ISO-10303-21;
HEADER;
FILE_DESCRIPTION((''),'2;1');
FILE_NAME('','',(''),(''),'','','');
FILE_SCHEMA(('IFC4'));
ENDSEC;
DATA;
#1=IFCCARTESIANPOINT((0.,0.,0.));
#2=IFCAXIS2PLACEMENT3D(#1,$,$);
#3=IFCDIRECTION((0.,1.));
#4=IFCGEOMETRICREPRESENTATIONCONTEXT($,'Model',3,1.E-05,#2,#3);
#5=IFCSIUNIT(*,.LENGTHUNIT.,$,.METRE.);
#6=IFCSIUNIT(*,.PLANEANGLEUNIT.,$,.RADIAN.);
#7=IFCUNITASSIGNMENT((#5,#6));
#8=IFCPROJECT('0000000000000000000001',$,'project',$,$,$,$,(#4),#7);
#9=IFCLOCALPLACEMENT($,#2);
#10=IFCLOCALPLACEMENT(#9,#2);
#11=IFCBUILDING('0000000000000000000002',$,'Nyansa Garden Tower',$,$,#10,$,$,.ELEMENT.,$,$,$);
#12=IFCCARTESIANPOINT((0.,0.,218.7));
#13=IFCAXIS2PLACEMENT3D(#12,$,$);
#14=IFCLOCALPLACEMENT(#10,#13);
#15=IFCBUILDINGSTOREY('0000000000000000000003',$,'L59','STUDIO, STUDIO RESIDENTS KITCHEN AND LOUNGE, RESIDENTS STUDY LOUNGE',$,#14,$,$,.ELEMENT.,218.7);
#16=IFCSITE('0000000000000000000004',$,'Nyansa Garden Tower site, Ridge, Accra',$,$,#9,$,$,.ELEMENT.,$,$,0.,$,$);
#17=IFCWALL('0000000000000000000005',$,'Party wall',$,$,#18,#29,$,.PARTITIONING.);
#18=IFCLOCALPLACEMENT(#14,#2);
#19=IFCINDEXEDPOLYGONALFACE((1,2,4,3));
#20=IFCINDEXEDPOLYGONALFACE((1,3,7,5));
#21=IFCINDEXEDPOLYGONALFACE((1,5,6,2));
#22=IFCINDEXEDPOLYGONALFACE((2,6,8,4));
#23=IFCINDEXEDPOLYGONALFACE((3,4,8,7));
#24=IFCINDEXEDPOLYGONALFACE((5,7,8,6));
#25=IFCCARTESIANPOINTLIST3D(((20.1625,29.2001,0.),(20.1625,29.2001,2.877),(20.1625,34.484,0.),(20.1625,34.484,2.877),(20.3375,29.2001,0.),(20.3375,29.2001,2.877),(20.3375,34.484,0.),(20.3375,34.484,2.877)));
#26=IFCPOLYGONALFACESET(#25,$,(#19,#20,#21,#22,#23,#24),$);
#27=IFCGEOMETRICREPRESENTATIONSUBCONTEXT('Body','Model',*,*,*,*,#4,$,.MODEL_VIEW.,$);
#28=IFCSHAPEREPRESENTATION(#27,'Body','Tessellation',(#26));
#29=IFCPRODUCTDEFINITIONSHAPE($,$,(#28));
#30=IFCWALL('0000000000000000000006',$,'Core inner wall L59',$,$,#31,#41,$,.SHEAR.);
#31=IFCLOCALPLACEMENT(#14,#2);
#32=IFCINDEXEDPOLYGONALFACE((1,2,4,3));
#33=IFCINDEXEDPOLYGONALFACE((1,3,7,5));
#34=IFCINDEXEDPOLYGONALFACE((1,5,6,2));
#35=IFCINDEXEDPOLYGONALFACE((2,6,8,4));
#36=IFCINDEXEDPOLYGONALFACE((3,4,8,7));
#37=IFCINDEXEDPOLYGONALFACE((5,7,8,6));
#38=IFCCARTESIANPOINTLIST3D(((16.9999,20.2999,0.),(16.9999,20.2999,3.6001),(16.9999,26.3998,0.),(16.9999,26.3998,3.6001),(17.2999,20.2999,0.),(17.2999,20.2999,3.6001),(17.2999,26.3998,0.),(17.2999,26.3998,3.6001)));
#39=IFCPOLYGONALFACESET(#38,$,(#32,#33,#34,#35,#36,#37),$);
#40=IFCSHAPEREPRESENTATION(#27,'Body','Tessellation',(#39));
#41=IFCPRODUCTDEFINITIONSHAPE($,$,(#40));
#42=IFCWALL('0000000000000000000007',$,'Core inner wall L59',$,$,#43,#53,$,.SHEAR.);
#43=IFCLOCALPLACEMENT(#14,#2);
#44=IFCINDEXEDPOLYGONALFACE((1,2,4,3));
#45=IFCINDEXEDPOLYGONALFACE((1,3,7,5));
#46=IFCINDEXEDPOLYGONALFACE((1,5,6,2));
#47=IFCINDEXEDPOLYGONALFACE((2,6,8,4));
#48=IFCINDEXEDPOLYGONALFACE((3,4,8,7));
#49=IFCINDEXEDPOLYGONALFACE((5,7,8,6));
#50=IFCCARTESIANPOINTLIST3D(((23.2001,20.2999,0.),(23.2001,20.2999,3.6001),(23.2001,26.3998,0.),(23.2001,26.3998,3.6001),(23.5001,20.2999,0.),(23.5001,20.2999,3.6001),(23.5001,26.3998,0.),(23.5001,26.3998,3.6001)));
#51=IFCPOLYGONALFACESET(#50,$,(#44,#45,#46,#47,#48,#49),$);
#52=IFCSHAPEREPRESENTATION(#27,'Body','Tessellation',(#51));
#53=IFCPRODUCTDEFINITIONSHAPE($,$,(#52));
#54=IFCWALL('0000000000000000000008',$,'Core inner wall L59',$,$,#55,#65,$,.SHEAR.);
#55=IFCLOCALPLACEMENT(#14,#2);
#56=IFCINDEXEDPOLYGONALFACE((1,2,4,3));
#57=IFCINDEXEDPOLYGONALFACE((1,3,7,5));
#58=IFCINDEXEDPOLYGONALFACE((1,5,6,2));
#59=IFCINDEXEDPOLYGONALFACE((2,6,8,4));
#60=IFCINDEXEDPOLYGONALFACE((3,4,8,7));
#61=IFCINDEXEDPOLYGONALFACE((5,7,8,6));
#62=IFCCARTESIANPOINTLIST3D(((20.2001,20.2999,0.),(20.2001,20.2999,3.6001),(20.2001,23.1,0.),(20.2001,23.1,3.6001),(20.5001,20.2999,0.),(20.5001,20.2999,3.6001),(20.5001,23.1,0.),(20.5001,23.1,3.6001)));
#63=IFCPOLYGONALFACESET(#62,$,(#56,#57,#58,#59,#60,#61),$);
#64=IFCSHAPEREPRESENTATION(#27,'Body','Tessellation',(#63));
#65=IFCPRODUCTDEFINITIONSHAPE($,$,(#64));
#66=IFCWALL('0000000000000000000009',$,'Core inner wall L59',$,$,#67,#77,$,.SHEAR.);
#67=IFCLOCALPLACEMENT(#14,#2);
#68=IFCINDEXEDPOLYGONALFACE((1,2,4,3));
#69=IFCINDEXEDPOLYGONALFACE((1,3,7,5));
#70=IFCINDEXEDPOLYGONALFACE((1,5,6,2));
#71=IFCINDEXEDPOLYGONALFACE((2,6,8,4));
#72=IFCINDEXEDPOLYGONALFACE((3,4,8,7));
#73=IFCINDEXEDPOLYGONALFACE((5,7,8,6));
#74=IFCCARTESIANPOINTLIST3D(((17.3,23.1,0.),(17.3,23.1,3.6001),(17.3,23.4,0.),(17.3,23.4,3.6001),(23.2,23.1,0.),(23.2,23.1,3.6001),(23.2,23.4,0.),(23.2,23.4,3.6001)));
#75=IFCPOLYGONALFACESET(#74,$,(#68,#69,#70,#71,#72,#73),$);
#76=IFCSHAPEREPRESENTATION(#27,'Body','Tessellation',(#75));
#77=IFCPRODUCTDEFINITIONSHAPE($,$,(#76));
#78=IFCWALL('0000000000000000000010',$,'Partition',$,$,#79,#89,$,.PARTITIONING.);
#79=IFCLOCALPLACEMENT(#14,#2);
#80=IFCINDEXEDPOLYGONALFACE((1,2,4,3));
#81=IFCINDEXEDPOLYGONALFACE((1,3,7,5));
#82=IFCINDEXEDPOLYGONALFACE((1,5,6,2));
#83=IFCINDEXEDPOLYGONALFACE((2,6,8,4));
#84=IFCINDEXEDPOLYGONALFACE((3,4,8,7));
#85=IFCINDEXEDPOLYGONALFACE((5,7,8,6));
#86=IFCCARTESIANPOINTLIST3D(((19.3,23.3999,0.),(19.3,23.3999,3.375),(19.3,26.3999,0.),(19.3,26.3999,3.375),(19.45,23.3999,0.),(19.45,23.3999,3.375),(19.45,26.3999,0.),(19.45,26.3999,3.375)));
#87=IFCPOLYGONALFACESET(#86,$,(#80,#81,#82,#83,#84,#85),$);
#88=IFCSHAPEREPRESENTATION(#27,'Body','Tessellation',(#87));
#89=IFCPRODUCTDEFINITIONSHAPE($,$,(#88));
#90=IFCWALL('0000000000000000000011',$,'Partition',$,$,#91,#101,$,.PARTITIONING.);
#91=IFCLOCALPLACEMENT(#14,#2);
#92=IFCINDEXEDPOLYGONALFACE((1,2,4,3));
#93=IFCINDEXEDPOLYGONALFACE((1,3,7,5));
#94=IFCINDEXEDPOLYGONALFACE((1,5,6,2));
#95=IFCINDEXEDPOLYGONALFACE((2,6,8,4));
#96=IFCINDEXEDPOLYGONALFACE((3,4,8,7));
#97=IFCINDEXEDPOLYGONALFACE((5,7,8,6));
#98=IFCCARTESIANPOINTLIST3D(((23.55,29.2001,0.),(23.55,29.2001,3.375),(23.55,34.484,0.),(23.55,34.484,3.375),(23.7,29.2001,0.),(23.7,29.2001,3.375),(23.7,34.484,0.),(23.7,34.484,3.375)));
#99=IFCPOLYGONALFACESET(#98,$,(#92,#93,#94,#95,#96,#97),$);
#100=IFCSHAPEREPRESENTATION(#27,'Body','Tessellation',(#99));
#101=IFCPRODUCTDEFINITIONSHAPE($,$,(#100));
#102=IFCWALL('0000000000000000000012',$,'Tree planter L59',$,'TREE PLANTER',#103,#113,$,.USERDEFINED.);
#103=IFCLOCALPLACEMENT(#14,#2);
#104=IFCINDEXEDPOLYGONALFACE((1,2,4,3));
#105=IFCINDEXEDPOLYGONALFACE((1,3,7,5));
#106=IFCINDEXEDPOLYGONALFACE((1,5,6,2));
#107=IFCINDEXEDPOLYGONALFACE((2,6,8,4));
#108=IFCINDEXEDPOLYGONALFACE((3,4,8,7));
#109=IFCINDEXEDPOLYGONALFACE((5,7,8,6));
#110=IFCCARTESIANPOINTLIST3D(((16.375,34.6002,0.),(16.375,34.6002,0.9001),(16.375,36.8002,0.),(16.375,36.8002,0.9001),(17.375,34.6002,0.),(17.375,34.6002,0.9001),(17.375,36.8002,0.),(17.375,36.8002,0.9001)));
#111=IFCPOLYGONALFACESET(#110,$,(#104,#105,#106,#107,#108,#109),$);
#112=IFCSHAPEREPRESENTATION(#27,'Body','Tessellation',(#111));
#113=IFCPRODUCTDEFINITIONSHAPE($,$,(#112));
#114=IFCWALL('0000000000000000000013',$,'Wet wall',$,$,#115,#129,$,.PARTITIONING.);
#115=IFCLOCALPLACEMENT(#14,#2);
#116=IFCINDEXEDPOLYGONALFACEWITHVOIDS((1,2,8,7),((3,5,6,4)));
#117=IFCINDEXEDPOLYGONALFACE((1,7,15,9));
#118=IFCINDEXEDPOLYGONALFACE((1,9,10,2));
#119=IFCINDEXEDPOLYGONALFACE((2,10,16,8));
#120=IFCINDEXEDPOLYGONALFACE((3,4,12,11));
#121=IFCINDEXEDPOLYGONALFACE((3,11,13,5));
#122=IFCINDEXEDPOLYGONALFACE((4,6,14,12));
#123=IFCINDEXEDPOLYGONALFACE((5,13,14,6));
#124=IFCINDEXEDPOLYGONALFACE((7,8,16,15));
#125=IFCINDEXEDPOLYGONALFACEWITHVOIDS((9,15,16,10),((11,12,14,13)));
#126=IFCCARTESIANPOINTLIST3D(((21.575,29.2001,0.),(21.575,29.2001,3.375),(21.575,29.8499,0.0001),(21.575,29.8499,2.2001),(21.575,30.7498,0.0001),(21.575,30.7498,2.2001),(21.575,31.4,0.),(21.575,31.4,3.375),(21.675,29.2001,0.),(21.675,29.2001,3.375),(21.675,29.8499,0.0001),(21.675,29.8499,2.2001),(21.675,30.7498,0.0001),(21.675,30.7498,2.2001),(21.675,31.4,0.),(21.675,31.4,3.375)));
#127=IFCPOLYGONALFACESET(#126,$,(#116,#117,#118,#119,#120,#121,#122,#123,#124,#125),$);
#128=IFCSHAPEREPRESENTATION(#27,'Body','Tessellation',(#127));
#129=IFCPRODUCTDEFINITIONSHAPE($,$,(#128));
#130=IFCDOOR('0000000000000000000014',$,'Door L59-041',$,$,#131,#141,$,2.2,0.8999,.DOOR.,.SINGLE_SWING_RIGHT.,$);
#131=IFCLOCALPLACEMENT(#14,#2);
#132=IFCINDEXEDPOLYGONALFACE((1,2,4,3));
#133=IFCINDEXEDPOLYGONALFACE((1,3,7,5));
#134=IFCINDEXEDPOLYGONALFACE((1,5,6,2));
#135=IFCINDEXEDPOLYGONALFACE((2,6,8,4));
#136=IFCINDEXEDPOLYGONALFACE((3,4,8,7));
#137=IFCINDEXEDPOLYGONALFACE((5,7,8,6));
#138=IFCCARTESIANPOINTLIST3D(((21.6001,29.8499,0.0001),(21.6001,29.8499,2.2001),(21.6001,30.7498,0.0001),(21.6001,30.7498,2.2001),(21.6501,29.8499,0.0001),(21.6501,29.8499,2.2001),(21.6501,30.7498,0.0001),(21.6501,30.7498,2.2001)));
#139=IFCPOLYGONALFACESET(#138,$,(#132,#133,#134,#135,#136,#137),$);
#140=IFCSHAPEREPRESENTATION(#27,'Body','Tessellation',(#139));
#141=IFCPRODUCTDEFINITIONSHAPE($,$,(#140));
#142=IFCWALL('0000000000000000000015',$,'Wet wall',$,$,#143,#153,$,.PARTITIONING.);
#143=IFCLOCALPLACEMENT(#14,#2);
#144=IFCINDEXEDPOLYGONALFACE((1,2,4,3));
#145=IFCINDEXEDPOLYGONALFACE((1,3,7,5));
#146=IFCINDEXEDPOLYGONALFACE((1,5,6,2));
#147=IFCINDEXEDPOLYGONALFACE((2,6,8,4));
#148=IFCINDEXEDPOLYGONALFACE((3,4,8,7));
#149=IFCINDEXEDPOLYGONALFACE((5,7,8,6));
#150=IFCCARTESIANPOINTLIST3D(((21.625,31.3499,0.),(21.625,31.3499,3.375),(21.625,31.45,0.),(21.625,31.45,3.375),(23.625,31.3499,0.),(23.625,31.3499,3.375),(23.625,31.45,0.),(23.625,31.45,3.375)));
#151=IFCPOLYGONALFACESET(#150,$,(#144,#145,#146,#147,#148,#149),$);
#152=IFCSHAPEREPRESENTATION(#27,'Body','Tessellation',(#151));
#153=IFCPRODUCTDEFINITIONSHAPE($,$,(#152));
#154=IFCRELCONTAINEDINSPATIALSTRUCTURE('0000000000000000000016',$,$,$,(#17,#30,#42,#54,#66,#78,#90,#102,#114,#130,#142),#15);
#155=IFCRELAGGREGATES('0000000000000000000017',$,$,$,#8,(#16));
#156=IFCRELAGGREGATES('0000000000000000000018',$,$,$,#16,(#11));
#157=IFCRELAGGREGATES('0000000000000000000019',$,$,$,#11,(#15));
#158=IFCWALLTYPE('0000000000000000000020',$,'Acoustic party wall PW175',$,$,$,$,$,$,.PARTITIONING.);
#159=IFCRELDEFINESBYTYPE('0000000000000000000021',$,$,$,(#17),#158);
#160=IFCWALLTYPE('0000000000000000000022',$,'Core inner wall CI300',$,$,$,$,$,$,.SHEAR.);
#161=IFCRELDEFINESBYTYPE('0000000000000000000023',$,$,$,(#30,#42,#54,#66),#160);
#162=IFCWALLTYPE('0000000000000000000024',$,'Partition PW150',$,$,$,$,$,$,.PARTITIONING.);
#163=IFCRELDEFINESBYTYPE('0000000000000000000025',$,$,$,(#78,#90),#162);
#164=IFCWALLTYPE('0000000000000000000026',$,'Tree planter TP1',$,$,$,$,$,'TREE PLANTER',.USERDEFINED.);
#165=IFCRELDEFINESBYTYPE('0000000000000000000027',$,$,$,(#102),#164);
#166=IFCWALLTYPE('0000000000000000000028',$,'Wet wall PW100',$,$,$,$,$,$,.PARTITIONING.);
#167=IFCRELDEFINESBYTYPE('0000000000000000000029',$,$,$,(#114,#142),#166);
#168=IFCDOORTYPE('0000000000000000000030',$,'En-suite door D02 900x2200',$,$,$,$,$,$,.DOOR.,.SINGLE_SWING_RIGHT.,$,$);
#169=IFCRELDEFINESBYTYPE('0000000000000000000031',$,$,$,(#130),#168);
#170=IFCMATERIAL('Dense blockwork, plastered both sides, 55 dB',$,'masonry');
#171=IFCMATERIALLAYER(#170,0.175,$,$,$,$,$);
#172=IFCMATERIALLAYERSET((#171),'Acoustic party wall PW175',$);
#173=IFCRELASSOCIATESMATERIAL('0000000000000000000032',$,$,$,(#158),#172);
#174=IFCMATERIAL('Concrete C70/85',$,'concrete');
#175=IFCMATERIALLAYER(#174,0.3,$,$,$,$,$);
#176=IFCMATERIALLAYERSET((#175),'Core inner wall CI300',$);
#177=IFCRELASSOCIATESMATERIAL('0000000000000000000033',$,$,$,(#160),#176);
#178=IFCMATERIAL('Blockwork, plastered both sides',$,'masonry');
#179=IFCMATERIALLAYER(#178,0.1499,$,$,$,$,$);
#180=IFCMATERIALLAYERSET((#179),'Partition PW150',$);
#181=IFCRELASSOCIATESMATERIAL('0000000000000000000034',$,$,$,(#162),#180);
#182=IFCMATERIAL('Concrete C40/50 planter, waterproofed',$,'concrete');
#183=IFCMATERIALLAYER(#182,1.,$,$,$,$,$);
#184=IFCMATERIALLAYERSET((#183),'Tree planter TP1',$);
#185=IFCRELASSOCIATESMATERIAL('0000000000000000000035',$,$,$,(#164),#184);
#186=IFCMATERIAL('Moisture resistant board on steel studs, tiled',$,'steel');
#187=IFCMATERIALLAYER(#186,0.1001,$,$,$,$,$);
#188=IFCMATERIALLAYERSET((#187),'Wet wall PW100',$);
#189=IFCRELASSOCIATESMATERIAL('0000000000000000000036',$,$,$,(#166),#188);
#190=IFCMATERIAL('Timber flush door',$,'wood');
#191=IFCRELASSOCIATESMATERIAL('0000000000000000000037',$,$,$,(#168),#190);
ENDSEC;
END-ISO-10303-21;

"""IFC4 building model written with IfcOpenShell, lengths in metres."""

from ifc_helpers import new_model, si_unit, direction, frame, frame_2d, origin, place, context, subcontext, project, spatial, rectangle, extrude, material, layer, layer_set, type_object, element, fill, save


model = new_model("IFC4")

# Units and contexts
model_context = context("Model", 3, precision=1e-05, world=origin(), true_north=direction((0.0, 1.0)))
body_context = subcontext(model_context, "Body", "Model", "MODEL_VIEW")
ifc_project = project(units=[si_unit("LENGTHUNIT", "METRE"), si_unit("PLANEANGLEUNIT", "RADIAN")], contexts=[model_context])

# Site, building, storey
site_placement = place(None, origin())
site = spatial("IfcSite", under=ifc_project, at=site_placement, Name="Nyansa Garden Tower site, Ridge, Accra", CompositionType="ELEMENT", RefElevation=0.0)
building_placement = place(site_placement, origin())
building = spatial("IfcBuilding", under=site, at=building_placement, Name="Nyansa Garden Tower", CompositionType="ELEMENT")
storey_placement = place(building_placement, frame((0.0, 0.0, 218.7)))
storey = spatial("IfcBuildingStorey", under=building, at=storey_placement, Name="L59", Description="STUDIO, STUDIO RESIDENTS KITCHEN AND LOUNGE, RESIDENTS STUDY LOUNGE", CompositionType="ELEMENT", Elevation=218.7)

# Walls
ifc_material_1 = material(Name="Dense blockwork, plastered both sides, 55 dB", Category="masonry")
ifc_layer_1 = layer(ifc_material_1, 0.175)
ifc_layer_set_1 = layer_set([ifc_layer_1], Name="Acoustic party wall PW175")
wall_type_1 = type_object("IfcWallType", Name="Acoustic party wall PW175", PredefinedType="PARTITIONING", material=ifc_layer_set_1)
wall_1_placement = place(storey_placement, frame((20.25, 29.2, 0.0), z_axis=(0.0, 0.0, 1.0), x_axis=(0.0, 1.0, 0.0)))
element("IfcWall", 1, at=wall_1_placement, inside=storey, type_object=wall_type_1, Name="Party wall", PredefinedType="PARTITIONING", context=body_context, shape_type="SweptSolid", body=[
    extrude(rectangle(XDim=5.2839, YDim=0.175, at=frame_2d((2.6421, 0.0))), origin(), (0.0, 0.0, 1.0), 2.877),
])
ifc_material_2 = material(Name="Concrete C70/85", Category="concrete")
ifc_layer_2 = layer(ifc_material_2, 0.3)
ifc_layer_set_2 = layer_set([ifc_layer_2], Name="Core inner wall CI300")
wall_type_2 = type_object("IfcWallType", Name="Core inner wall CI300", PredefinedType="SHEAR", material=ifc_layer_set_2)
for number, where, z_axis, x_axis, name in (
    (2, (17.1499, 20.3, 0.0), (0.0, 0.0, 1.0), (0.0, 1.0, 0.0), "Core inner wall L59"),
    (3, (23.3501, 20.3, 0.0), (0.0, 0.0, 1.0), (0.0, 1.0, 0.0), "Core inner wall L59"),
):
    element("IfcWall", number, at=place(storey_placement, frame(where, z_axis=z_axis, x_axis=x_axis)), inside=storey, type_object=wall_type_2, Name=name, PredefinedType="SHEAR", context=body_context, shape_type="SweptSolid", body=[
        extrude(rectangle(XDim=6.0999, YDim=0.3, at=frame_2d((3.0498, 0.0))), origin(), (0.0, 0.0, 1.0), 3.6001),
    ])
wall_2_placement = place(storey_placement, frame((20.3501, 20.3, 0.0), z_axis=(0.0, 0.0, 1.0), x_axis=(0.0, 1.0, 0.0)))
element("IfcWall", 4, at=wall_2_placement, inside=storey, type_object=wall_type_2, Name="Core inner wall L59", PredefinedType="SHEAR", context=body_context, shape_type="SweptSolid", body=[
    extrude(rectangle(XDim=2.8, YDim=0.3, at=frame_2d((1.3999, 0.0))), origin(), (0.0, 0.0, 1.0), 3.6001),
])
wall_3_placement = place(storey_placement, frame((17.3, 23.25, 0.0), z_axis=(0.0, 0.0, 1.0), x_axis=(1.0, 0.0, 0.0)))
element("IfcWall", 5, at=wall_3_placement, inside=storey, type_object=wall_type_2, Name="Core inner wall L59", PredefinedType="SHEAR", context=body_context, shape_type="SweptSolid", body=[
    extrude(rectangle(XDim=5.8999, YDim=0.3, at=frame_2d((2.95, 0.0))), origin(), (0.0, 0.0, 1.0), 3.6001),
])
ifc_material_3 = material(Name="Blockwork, plastered both sides", Category="masonry")
ifc_layer_3 = layer(ifc_material_3, 0.1499)
ifc_layer_set_3 = layer_set([ifc_layer_3], Name="Partition PW150")
wall_type_3 = type_object("IfcWallType", Name="Partition PW150", PredefinedType="PARTITIONING", material=ifc_layer_set_3)
wall_4_placement = place(storey_placement, frame((19.375, 23.3999, 0.0), z_axis=(0.0, 0.0, 1.0), x_axis=(0.0, 1.0, 0.0)))
element("IfcWall", 6, at=wall_4_placement, inside=storey, type_object=wall_type_3, Name="Partition", PredefinedType="PARTITIONING", context=body_context, shape_type="SweptSolid", body=[
    extrude(rectangle(XDim=3.0, YDim=0.1499, at=frame_2d((1.5, 0.0))), origin(), (0.0, 0.0, 1.0), 3.375),
])
wall_5_placement = place(storey_placement, frame((23.625, 29.2, 0.0), z_axis=(0.0, 0.0, 1.0), x_axis=(0.0, 1.0, 0.0)))
element("IfcWall", 7, at=wall_5_placement, inside=storey, type_object=wall_type_3, Name="Partition", PredefinedType="PARTITIONING", context=body_context, shape_type="SweptSolid", body=[
    extrude(rectangle(XDim=5.2839, YDim=0.1499, at=frame_2d((2.6421, 0.0))), origin(), (0.0, 0.0, 1.0), 3.375),
])
ifc_material_4 = material(Name="Concrete C40/50 planter, waterproofed", Category="concrete")
ifc_layer_4 = layer(ifc_material_4, 1.0)
ifc_layer_set_4 = layer_set([ifc_layer_4], Name="Tree planter TP1")
wall_type_4 = type_object("IfcWallType", Name="Tree planter TP1", ElementType="TREE PLANTER", PredefinedType="USERDEFINED", material=ifc_layer_set_4)
wall_6_placement = place(storey_placement, frame((16.875, 34.6001, 0.0), z_axis=(0.0, 0.0, 1.0), x_axis=(0.0, 1.0, 0.0)))
element("IfcWall", 8, at=wall_6_placement, inside=storey, type_object=wall_type_4, Name="Tree planter L59", ObjectType="TREE PLANTER", PredefinedType="USERDEFINED", context=body_context, shape_type="SweptSolid", body=[
    extrude(rectangle(XDim=2.2, YDim=1.0, at=frame_2d((1.1001, 0.0))), origin(), (0.0, 0.0, 1.0), 0.9001),
])

# Wall, opening, door
ifc_material_5 = material(Name="Moisture resistant board on steel studs, tiled", Category="steel")
ifc_layer_5 = layer(ifc_material_5, 0.1001)
ifc_layer_set_5 = layer_set([ifc_layer_5], Name="Wet wall PW100")
wall_type_5 = type_object("IfcWallType", Name="Wet wall PW100", PredefinedType="PARTITIONING", material=ifc_layer_set_5)
wall_7_placement = place(storey_placement, frame((21.625, 29.2, 0.0), z_axis=(0.0, 0.0, 1.0), x_axis=(0.0, 1.0, 0.0)))
wall_7 = element("IfcWall", 9, at=wall_7_placement, inside=storey, type_object=wall_type_5, Name="Wet wall", PredefinedType="PARTITIONING", context=body_context, shape_type="SweptSolid", body=[
    extrude(rectangle(XDim=2.2, YDim=0.1001, at=frame_2d((1.1001, 0.0))), origin(), (0.0, 0.0, 1.0), 3.375),
])
opening_placement = place(wall_7_placement, frame((0.6499, 0.0, 0.0)))
opening = element("IfcOpeningElement", 10, at=opening_placement, cuts=wall_7, PredefinedType="OPENING", context=body_context, shape_type="SweptSolid", body=[
    extrude(rectangle(XDim=0.8999, YDim=2.2, at=frame_2d((0.45, 1.1001))), frame((0.0, 0.0601, 0.0), z_axis=(0.0, -1.0, 0.0), x_axis=(1.0, 0.0, 0.0)), (0.0, 0.0, 1.0), 0.1201),
])
ifc_material_6 = material(Name="Timber flush door", Category="wood")
door_type = type_object("IfcDoorType", Name="En-suite door D02 900x2200", OperationType="SINGLE_SWING_RIGHT", PredefinedType="DOOR", material=ifc_material_6)
door_placement = place(opening_placement, origin())
door = element("IfcDoor", 11, at=door_placement, inside=storey, type_object=door_type, Name="Door L59-041", OperationType="SINGLE_SWING_RIGHT", OverallHeight=2.2, OverallWidth=0.8999, PredefinedType="DOOR", context=body_context, shape_type="SweptSolid", body=[
    extrude(rectangle(XDim=0.8999, YDim=2.2, at=frame_2d((0.45, 1.1001))), frame((0.0, 0.0249, 0.0), z_axis=(0.0, -1.0, 0.0), x_axis=(1.0, 0.0, 0.0)), (0.0, 0.0, 1.0), 0.05),
])
fill(opening, door)

# Wall
wall_8_placement = place(storey_placement, frame((21.625, 31.3999, 0.0), z_axis=(0.0, 0.0, 1.0), x_axis=(1.0, 0.0, 0.0)))
element("IfcWall", 12, at=wall_8_placement, inside=storey, type_object=wall_type_5, Name="Wet wall", PredefinedType="PARTITIONING", context=body_context, shape_type="SweptSolid", body=[
    extrude(rectangle(XDim=2.0, YDim=0.1001, at=frame_2d((1.0, 0.0))), origin(), (0.0, 0.0, 1.0), 3.375),
])

save(model, "model.ifc")
